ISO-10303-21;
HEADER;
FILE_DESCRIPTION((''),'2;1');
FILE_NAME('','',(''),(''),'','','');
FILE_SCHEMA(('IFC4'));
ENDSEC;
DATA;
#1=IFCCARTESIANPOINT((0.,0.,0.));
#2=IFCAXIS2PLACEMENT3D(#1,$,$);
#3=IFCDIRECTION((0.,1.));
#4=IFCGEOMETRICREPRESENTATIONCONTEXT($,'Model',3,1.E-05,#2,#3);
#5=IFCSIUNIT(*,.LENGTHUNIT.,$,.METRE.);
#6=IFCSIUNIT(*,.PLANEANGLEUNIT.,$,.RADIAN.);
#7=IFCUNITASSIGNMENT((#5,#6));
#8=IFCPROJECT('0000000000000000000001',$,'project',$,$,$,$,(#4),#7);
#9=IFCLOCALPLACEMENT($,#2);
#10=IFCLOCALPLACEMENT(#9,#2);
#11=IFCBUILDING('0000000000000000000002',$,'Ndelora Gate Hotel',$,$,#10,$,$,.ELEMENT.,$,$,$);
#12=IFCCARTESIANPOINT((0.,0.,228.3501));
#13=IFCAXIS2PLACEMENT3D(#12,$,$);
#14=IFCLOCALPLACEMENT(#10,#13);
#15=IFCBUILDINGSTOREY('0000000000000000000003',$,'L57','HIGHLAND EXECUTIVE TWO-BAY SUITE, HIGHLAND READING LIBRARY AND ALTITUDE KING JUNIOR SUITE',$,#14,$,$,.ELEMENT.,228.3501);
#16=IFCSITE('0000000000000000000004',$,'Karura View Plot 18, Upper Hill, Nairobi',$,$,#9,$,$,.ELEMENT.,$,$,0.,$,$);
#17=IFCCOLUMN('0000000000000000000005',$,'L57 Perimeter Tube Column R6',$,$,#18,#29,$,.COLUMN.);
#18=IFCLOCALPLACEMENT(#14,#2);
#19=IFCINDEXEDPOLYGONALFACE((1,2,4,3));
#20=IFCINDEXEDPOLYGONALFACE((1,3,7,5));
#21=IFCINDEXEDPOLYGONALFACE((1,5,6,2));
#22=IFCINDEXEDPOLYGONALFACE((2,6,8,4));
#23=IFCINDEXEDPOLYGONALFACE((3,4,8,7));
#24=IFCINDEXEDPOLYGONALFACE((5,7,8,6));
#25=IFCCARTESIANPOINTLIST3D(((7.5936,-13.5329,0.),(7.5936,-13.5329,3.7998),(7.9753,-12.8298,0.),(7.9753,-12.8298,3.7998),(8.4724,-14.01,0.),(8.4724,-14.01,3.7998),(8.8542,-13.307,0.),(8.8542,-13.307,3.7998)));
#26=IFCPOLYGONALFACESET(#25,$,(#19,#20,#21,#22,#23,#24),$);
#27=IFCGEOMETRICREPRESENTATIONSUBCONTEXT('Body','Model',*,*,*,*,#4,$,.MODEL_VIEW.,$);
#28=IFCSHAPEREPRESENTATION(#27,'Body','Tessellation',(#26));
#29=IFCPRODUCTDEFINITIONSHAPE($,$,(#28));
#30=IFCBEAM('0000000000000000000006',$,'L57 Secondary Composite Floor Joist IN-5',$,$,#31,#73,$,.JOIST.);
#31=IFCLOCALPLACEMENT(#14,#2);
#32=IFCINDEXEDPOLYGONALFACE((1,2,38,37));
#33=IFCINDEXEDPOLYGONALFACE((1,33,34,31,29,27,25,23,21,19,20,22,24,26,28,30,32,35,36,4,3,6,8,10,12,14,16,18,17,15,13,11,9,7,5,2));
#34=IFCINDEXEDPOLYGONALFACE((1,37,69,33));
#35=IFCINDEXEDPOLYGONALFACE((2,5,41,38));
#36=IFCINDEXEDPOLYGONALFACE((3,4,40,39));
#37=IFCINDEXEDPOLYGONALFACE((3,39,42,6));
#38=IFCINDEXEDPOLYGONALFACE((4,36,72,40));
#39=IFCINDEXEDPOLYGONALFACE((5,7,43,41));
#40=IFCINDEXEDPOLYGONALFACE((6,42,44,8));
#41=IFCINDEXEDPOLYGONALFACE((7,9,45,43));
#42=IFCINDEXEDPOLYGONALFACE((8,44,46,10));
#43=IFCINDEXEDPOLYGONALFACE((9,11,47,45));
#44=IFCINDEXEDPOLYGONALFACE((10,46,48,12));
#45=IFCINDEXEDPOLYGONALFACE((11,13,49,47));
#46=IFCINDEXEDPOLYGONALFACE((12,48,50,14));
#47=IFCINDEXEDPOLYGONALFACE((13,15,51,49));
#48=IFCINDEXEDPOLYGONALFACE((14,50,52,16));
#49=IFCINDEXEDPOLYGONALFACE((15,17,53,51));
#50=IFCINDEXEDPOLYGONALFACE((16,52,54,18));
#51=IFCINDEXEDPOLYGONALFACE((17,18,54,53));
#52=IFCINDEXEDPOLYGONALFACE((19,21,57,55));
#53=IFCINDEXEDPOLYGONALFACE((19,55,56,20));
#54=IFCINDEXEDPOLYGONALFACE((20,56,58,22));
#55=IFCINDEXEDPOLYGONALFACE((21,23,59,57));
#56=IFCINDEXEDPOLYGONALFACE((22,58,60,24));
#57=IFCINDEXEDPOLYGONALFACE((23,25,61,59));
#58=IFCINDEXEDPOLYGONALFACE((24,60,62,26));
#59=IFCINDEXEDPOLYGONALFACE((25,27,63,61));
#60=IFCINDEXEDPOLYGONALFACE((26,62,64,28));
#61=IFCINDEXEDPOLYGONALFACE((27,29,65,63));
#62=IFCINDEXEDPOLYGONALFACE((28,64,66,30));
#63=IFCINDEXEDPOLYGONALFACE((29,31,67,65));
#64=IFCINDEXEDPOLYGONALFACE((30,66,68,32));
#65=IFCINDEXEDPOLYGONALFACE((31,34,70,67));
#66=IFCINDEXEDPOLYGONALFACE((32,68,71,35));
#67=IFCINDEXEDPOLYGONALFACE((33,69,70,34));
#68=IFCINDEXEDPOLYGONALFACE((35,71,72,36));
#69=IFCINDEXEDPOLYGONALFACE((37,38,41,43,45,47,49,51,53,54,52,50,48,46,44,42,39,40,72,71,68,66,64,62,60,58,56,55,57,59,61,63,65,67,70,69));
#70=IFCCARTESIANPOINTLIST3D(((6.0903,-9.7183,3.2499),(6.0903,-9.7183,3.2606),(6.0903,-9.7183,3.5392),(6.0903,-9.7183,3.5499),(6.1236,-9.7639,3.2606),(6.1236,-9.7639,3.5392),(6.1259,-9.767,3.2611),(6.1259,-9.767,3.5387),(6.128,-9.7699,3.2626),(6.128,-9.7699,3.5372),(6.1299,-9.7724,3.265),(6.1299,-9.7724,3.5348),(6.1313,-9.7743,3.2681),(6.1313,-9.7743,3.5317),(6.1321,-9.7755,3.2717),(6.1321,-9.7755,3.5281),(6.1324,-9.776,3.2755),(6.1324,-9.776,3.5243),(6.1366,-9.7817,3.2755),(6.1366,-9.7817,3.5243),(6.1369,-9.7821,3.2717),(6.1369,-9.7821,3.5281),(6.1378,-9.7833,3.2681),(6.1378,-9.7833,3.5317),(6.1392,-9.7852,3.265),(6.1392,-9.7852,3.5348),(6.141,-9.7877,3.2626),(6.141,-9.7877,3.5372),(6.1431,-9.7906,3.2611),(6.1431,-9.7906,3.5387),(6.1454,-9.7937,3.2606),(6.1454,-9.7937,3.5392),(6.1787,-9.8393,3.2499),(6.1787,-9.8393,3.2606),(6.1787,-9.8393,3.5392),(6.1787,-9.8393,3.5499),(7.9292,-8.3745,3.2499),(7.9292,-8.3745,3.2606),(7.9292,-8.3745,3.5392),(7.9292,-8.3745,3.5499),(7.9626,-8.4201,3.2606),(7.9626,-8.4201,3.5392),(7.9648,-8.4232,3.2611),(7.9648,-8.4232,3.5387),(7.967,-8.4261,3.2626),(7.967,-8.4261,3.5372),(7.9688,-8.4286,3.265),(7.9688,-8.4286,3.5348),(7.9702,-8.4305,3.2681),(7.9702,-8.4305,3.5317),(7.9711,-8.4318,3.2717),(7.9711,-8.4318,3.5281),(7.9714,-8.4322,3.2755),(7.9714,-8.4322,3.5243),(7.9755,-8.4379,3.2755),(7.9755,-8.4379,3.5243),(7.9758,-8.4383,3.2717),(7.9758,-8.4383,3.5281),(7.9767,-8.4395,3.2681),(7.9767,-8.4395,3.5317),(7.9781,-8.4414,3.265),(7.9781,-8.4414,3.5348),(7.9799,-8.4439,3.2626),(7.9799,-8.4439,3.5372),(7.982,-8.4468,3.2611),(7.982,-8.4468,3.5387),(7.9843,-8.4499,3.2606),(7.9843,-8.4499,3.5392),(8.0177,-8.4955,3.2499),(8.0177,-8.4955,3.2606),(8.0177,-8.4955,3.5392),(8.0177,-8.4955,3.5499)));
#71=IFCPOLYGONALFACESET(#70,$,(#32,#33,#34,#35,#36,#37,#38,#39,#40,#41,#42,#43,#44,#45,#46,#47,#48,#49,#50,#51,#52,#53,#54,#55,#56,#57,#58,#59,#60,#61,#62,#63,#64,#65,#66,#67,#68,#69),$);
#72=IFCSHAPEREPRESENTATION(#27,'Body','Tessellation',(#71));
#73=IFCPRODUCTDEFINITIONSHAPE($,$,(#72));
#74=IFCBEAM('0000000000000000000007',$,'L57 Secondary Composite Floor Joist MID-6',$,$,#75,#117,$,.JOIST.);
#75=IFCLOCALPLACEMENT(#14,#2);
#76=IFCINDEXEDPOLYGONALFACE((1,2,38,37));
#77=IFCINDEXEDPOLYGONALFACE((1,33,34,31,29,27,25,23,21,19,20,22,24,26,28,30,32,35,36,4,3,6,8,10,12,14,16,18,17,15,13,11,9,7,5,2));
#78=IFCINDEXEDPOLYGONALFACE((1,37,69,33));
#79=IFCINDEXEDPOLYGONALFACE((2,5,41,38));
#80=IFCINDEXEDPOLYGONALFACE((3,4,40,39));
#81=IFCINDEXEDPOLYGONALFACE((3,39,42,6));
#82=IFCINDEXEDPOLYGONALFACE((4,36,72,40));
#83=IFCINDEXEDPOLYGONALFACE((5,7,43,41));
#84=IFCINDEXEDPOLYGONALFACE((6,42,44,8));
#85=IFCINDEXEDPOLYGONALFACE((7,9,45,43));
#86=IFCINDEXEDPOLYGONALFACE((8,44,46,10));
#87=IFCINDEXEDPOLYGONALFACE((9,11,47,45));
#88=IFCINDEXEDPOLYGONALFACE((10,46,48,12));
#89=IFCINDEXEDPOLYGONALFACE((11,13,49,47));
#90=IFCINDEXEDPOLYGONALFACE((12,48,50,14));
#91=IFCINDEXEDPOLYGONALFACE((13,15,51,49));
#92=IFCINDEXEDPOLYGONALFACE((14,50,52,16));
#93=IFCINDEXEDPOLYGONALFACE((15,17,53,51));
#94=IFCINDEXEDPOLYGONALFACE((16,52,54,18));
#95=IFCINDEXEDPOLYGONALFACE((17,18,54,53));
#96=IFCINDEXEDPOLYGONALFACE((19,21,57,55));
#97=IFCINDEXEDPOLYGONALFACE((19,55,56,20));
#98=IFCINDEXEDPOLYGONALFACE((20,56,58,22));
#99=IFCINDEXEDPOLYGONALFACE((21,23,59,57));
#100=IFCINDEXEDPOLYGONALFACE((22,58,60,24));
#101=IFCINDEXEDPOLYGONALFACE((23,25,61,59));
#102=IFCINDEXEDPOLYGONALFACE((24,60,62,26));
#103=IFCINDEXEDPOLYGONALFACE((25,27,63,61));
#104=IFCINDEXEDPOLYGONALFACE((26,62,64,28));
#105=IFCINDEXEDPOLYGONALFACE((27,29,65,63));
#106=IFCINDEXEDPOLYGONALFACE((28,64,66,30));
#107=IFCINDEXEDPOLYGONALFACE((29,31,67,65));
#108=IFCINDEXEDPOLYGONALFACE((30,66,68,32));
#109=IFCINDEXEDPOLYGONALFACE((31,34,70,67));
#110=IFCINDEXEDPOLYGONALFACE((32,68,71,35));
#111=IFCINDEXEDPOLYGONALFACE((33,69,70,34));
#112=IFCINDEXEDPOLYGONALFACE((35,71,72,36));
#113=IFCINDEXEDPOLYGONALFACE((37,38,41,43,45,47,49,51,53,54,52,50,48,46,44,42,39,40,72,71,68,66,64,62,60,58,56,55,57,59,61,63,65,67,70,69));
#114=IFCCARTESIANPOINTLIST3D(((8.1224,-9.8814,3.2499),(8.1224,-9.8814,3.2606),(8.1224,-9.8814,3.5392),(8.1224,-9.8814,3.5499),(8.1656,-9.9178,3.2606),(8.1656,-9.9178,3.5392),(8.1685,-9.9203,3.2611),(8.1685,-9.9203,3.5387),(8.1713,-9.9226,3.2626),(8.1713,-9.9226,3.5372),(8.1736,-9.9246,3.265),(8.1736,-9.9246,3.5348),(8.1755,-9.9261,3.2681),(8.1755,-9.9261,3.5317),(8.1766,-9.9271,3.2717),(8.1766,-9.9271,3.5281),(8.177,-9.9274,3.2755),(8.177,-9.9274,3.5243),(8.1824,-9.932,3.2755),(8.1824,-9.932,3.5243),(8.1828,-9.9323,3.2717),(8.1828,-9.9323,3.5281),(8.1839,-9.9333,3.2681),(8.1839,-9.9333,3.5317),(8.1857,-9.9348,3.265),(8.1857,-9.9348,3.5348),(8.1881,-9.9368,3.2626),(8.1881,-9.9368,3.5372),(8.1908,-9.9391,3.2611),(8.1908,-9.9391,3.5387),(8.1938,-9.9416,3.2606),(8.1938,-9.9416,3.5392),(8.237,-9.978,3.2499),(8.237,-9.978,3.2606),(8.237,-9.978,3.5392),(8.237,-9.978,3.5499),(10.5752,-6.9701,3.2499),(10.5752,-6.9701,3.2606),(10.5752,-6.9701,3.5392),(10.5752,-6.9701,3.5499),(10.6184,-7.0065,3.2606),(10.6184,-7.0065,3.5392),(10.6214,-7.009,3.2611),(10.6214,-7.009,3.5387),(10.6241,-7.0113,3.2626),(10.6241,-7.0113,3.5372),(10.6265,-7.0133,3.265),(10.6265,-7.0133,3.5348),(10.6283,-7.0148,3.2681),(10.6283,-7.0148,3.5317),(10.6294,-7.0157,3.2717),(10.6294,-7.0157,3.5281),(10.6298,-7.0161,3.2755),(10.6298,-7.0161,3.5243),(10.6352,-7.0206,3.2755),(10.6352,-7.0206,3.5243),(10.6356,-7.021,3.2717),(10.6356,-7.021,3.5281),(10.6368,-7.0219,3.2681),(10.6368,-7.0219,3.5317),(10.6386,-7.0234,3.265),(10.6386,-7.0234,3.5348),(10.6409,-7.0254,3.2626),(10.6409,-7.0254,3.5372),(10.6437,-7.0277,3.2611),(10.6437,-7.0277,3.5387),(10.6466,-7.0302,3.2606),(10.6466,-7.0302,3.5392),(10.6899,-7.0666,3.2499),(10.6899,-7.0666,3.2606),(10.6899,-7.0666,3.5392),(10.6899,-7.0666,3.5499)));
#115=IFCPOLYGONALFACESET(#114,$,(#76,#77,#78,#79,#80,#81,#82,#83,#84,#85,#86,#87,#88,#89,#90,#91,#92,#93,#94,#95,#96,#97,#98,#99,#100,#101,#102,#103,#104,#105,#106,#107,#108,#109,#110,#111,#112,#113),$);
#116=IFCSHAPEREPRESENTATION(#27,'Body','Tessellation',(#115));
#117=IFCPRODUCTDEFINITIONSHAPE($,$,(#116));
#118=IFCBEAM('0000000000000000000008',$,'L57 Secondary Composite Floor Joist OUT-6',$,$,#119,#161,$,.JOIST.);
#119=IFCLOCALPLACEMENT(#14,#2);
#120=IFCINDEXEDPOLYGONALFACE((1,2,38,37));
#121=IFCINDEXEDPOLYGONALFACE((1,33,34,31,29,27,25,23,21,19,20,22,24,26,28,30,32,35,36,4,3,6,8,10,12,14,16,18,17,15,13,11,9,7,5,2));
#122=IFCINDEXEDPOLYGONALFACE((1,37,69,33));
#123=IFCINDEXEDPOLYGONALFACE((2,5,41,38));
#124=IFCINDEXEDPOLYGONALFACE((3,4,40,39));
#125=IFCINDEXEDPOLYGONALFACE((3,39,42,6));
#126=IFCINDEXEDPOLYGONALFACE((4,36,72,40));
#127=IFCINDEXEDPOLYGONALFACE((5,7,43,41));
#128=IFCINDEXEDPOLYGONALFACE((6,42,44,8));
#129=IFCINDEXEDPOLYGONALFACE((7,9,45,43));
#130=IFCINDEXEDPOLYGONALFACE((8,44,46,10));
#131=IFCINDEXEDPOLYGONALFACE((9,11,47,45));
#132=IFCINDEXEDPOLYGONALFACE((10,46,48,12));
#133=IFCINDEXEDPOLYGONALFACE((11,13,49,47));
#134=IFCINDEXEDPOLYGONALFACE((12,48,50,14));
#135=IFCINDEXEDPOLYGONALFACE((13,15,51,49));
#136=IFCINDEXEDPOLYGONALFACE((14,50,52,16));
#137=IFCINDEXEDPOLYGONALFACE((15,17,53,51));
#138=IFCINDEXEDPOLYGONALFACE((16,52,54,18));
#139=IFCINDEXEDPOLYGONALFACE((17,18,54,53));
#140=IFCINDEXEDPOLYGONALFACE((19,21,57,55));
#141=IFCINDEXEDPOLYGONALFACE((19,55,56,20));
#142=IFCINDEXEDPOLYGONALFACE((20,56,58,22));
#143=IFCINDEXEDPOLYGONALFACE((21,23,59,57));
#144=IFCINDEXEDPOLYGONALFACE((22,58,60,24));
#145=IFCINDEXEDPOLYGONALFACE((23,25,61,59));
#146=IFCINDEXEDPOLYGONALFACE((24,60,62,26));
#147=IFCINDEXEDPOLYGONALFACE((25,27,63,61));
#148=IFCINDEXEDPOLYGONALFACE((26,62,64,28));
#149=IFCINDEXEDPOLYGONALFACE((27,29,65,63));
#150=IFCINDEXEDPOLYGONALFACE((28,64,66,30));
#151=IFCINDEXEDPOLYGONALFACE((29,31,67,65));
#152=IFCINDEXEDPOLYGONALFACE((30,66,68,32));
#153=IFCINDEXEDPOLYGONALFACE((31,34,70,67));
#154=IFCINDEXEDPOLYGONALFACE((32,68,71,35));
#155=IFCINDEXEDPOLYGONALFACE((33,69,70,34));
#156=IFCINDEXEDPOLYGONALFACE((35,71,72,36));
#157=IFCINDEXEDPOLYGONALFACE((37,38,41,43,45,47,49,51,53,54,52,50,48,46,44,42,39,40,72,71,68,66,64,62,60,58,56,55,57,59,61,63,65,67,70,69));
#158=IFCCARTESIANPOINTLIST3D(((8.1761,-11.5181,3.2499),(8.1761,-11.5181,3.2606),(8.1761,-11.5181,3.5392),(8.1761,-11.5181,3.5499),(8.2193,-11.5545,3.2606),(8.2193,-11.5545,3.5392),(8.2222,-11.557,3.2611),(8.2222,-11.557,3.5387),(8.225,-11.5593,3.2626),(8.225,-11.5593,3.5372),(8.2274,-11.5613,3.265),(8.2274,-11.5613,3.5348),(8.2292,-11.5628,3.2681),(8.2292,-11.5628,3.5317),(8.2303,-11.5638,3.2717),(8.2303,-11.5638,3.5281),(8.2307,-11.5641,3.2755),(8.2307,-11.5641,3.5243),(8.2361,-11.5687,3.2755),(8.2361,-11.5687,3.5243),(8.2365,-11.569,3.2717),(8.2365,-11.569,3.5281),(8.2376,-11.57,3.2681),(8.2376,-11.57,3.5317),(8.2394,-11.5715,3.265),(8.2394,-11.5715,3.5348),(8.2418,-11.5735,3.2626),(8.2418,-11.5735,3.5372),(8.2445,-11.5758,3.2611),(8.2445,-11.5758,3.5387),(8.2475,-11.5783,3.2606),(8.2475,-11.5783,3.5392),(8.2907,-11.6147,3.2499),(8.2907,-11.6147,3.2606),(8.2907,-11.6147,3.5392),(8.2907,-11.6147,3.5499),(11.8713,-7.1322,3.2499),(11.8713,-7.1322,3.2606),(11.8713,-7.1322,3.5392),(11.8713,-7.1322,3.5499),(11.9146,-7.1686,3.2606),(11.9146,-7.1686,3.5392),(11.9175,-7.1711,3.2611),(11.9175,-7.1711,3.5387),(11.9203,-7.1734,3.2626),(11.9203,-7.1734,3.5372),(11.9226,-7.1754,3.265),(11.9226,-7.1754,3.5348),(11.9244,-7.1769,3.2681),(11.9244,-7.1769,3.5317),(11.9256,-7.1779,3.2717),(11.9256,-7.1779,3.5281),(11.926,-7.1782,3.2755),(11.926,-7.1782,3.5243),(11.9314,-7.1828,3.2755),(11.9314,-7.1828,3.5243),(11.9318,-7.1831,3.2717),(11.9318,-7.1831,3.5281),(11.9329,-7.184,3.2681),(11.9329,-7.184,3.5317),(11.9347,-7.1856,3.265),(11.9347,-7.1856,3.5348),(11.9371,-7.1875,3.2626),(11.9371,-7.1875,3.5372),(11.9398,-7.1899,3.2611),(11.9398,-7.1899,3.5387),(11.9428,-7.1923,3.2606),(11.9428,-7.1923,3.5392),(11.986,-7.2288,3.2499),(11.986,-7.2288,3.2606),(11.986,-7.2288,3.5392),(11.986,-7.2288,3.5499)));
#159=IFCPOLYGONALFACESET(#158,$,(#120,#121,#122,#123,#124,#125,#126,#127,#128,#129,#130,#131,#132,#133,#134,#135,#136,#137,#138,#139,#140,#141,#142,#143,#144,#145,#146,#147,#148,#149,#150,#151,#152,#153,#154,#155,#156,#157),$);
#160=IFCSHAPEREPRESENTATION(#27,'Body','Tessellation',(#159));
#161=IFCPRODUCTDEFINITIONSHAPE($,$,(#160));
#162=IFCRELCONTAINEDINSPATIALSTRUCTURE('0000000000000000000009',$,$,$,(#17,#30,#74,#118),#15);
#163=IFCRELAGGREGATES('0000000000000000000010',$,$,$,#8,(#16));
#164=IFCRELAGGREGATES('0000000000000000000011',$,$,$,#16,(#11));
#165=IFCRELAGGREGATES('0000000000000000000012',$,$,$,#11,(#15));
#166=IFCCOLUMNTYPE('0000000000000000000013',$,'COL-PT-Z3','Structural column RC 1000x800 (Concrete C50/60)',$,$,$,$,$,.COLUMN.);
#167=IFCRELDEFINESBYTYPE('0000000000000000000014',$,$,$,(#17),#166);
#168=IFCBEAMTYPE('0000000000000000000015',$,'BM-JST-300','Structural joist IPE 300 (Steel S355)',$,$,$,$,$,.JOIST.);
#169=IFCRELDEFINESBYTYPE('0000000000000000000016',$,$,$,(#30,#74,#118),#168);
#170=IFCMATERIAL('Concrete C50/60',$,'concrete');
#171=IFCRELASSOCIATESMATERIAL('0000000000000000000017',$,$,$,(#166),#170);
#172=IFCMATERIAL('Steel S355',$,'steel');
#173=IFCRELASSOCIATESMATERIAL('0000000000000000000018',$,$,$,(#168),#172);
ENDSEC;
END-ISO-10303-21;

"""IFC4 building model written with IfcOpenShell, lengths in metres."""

from ifc_helpers import new_model, si_unit, direction, frame, origin, origin_2d, place, context, subcontext, project, spatial, rectangle, i_section, extrude, material, material_profile, profile_set, type_object, element, save


model = new_model("IFC4")

# Units and contexts
model_context = context("Model", 3, precision=1e-05, world=origin(), true_north=direction((0.0, 1.0)))
body_context = subcontext(model_context, "Body", "Model", "MODEL_VIEW")
ifc_project = project(units=[si_unit("LENGTHUNIT", "METRE"), si_unit("PLANEANGLEUNIT", "RADIAN")], contexts=[model_context])

# Site, building, storey
site_placement = place(None, origin())
site = spatial("IfcSite", under=ifc_project, at=site_placement, Name="Karura View Plot 18, Upper Hill, Nairobi", CompositionType="ELEMENT", RefElevation=0.0)
building_placement = place(site_placement, origin())
building = spatial("IfcBuilding", under=site, at=building_placement, Name="Ndelora Gate Hotel", CompositionType="ELEMENT")
storey_placement = place(building_placement, frame((0.0, 0.0, 228.3501)))
storey = spatial("IfcBuildingStorey", under=building, at=storey_placement, Name="L57", Description="HIGHLAND EXECUTIVE TWO-BAY SUITE, HIGHLAND READING LIBRARY AND ALTITUDE KING JUNIOR SUITE", CompositionType="ELEMENT", Elevation=228.3501)

# Column
ifc_material_1 = material(Name="Concrete C50/60", Category="concrete")
ifc_material_profile_1 = material_profile(ifc_material_1, rectangle(XDim=0.8, YDim=1.0, at=origin_2d()), Name="RC 1000x800")
ifc_profile_set_1 = profile_set([ifc_material_profile_1], Name="Concrete C50/60")
column_type = type_object("IfcColumnType", Name="COL-PT-Z3", Description="Structural column RC 1000x800 (Concrete C50/60)", PredefinedType="COLUMN", material=ifc_profile_set_1)
column_placement = place(storey_placement, frame((8.2239, -13.4199, 0.0), z_axis=(0.0, 0.0, 1.0), x_axis=(0.477159, 0.878817, 0.0)))
element("IfcColumn", 1, at=column_placement, inside=storey, type_object=column_type, Name="L57 Perimeter Tube Column R6", PredefinedType="COLUMN", context=body_context, shape_type="SweptSolid", body=[
    extrude(rectangle(XDim=0.8, YDim=1.0, at=origin_2d()), origin(), (0.0, 0.0, 1.0), 3.7998),
])

# Beams
ifc_material_2 = material(Name="Steel S355", Category="steel")
ifc_material_profile_2 = material_profile(ifc_material_2, i_section(OverallWidth=0.1499, OverallDepth=0.3, WebThickness=0.0071, FlangeThickness=0.0107, FilletRadius=0.0149, at=origin_2d()), Name="IPE 300")
ifc_profile_set_2 = profile_set([ifc_material_profile_2], Name="Steel S355")
beam_type_1 = type_object("IfcBeamType", Name="BM-JST-300", Description="Structural joist IPE 300 (Steel S355)", PredefinedType="JOIST", material=ifc_profile_set_2)
beam_1_placement = place(storey_placement, frame((6.1345, -9.7788, 3.3999), z_axis=(0.807399, 0.590006, 0.0), x_axis=(-0.590006, 0.807399, 0.0)))
element("IfcBeam", 2, at=beam_1_placement, inside=storey, type_object=beam_type_1, Name="L57 Secondary Composite Floor Joist IN-5", PredefinedType="JOIST", context=body_context, shape_type="SweptSolid", body=[
    extrude(i_section(OverallWidth=0.1499, OverallDepth=0.3, WebThickness=0.0071, FlangeThickness=0.0107, FilletRadius=0.0149, at=origin_2d()), origin(), (0.0, 0.0, 1.0), 2.2776),
])
beam_2_placement = place(storey_placement, frame((8.1797, -9.9297, 3.3999), z_axis=(0.644319, 0.764757, 0.0), x_axis=(-0.764757, 0.644319, 0.0)))
element("IfcBeam", 3, at=beam_2_placement, inside=storey, type_object=beam_type_1, Name="L57 Secondary Composite Floor Joist MID-6", PredefinedType="JOIST", context=body_context, shape_type="SweptSolid", body=[
    extrude(i_section(OverallWidth=0.1499, OverallDepth=0.3, WebThickness=0.0071, FlangeThickness=0.0107, FilletRadius=0.0149, at=origin_2d()), origin(), (0.0, 0.0, 1.0), 3.8069),
])
beam_3_placement = place(storey_placement, frame((8.2334, -11.5664, 3.3999), z_axis=(0.644324, 0.764752, 0.0), x_axis=(-0.764752, 0.644324, 0.0)))
element("IfcBeam", 4, at=beam_3_placement, inside=storey, type_object=beam_type_1, Name="L57 Secondary Composite Floor Joist OUT-6", PredefinedType="JOIST", context=body_context, shape_type="SweptSolid", body=[
    extrude(i_section(OverallWidth=0.1499, OverallDepth=0.3, WebThickness=0.0071, FlangeThickness=0.0107, FilletRadius=0.0149, at=origin_2d()), origin(), (0.0, 0.0, 1.0), 5.7351),
])

save(model, "model.ifc")
